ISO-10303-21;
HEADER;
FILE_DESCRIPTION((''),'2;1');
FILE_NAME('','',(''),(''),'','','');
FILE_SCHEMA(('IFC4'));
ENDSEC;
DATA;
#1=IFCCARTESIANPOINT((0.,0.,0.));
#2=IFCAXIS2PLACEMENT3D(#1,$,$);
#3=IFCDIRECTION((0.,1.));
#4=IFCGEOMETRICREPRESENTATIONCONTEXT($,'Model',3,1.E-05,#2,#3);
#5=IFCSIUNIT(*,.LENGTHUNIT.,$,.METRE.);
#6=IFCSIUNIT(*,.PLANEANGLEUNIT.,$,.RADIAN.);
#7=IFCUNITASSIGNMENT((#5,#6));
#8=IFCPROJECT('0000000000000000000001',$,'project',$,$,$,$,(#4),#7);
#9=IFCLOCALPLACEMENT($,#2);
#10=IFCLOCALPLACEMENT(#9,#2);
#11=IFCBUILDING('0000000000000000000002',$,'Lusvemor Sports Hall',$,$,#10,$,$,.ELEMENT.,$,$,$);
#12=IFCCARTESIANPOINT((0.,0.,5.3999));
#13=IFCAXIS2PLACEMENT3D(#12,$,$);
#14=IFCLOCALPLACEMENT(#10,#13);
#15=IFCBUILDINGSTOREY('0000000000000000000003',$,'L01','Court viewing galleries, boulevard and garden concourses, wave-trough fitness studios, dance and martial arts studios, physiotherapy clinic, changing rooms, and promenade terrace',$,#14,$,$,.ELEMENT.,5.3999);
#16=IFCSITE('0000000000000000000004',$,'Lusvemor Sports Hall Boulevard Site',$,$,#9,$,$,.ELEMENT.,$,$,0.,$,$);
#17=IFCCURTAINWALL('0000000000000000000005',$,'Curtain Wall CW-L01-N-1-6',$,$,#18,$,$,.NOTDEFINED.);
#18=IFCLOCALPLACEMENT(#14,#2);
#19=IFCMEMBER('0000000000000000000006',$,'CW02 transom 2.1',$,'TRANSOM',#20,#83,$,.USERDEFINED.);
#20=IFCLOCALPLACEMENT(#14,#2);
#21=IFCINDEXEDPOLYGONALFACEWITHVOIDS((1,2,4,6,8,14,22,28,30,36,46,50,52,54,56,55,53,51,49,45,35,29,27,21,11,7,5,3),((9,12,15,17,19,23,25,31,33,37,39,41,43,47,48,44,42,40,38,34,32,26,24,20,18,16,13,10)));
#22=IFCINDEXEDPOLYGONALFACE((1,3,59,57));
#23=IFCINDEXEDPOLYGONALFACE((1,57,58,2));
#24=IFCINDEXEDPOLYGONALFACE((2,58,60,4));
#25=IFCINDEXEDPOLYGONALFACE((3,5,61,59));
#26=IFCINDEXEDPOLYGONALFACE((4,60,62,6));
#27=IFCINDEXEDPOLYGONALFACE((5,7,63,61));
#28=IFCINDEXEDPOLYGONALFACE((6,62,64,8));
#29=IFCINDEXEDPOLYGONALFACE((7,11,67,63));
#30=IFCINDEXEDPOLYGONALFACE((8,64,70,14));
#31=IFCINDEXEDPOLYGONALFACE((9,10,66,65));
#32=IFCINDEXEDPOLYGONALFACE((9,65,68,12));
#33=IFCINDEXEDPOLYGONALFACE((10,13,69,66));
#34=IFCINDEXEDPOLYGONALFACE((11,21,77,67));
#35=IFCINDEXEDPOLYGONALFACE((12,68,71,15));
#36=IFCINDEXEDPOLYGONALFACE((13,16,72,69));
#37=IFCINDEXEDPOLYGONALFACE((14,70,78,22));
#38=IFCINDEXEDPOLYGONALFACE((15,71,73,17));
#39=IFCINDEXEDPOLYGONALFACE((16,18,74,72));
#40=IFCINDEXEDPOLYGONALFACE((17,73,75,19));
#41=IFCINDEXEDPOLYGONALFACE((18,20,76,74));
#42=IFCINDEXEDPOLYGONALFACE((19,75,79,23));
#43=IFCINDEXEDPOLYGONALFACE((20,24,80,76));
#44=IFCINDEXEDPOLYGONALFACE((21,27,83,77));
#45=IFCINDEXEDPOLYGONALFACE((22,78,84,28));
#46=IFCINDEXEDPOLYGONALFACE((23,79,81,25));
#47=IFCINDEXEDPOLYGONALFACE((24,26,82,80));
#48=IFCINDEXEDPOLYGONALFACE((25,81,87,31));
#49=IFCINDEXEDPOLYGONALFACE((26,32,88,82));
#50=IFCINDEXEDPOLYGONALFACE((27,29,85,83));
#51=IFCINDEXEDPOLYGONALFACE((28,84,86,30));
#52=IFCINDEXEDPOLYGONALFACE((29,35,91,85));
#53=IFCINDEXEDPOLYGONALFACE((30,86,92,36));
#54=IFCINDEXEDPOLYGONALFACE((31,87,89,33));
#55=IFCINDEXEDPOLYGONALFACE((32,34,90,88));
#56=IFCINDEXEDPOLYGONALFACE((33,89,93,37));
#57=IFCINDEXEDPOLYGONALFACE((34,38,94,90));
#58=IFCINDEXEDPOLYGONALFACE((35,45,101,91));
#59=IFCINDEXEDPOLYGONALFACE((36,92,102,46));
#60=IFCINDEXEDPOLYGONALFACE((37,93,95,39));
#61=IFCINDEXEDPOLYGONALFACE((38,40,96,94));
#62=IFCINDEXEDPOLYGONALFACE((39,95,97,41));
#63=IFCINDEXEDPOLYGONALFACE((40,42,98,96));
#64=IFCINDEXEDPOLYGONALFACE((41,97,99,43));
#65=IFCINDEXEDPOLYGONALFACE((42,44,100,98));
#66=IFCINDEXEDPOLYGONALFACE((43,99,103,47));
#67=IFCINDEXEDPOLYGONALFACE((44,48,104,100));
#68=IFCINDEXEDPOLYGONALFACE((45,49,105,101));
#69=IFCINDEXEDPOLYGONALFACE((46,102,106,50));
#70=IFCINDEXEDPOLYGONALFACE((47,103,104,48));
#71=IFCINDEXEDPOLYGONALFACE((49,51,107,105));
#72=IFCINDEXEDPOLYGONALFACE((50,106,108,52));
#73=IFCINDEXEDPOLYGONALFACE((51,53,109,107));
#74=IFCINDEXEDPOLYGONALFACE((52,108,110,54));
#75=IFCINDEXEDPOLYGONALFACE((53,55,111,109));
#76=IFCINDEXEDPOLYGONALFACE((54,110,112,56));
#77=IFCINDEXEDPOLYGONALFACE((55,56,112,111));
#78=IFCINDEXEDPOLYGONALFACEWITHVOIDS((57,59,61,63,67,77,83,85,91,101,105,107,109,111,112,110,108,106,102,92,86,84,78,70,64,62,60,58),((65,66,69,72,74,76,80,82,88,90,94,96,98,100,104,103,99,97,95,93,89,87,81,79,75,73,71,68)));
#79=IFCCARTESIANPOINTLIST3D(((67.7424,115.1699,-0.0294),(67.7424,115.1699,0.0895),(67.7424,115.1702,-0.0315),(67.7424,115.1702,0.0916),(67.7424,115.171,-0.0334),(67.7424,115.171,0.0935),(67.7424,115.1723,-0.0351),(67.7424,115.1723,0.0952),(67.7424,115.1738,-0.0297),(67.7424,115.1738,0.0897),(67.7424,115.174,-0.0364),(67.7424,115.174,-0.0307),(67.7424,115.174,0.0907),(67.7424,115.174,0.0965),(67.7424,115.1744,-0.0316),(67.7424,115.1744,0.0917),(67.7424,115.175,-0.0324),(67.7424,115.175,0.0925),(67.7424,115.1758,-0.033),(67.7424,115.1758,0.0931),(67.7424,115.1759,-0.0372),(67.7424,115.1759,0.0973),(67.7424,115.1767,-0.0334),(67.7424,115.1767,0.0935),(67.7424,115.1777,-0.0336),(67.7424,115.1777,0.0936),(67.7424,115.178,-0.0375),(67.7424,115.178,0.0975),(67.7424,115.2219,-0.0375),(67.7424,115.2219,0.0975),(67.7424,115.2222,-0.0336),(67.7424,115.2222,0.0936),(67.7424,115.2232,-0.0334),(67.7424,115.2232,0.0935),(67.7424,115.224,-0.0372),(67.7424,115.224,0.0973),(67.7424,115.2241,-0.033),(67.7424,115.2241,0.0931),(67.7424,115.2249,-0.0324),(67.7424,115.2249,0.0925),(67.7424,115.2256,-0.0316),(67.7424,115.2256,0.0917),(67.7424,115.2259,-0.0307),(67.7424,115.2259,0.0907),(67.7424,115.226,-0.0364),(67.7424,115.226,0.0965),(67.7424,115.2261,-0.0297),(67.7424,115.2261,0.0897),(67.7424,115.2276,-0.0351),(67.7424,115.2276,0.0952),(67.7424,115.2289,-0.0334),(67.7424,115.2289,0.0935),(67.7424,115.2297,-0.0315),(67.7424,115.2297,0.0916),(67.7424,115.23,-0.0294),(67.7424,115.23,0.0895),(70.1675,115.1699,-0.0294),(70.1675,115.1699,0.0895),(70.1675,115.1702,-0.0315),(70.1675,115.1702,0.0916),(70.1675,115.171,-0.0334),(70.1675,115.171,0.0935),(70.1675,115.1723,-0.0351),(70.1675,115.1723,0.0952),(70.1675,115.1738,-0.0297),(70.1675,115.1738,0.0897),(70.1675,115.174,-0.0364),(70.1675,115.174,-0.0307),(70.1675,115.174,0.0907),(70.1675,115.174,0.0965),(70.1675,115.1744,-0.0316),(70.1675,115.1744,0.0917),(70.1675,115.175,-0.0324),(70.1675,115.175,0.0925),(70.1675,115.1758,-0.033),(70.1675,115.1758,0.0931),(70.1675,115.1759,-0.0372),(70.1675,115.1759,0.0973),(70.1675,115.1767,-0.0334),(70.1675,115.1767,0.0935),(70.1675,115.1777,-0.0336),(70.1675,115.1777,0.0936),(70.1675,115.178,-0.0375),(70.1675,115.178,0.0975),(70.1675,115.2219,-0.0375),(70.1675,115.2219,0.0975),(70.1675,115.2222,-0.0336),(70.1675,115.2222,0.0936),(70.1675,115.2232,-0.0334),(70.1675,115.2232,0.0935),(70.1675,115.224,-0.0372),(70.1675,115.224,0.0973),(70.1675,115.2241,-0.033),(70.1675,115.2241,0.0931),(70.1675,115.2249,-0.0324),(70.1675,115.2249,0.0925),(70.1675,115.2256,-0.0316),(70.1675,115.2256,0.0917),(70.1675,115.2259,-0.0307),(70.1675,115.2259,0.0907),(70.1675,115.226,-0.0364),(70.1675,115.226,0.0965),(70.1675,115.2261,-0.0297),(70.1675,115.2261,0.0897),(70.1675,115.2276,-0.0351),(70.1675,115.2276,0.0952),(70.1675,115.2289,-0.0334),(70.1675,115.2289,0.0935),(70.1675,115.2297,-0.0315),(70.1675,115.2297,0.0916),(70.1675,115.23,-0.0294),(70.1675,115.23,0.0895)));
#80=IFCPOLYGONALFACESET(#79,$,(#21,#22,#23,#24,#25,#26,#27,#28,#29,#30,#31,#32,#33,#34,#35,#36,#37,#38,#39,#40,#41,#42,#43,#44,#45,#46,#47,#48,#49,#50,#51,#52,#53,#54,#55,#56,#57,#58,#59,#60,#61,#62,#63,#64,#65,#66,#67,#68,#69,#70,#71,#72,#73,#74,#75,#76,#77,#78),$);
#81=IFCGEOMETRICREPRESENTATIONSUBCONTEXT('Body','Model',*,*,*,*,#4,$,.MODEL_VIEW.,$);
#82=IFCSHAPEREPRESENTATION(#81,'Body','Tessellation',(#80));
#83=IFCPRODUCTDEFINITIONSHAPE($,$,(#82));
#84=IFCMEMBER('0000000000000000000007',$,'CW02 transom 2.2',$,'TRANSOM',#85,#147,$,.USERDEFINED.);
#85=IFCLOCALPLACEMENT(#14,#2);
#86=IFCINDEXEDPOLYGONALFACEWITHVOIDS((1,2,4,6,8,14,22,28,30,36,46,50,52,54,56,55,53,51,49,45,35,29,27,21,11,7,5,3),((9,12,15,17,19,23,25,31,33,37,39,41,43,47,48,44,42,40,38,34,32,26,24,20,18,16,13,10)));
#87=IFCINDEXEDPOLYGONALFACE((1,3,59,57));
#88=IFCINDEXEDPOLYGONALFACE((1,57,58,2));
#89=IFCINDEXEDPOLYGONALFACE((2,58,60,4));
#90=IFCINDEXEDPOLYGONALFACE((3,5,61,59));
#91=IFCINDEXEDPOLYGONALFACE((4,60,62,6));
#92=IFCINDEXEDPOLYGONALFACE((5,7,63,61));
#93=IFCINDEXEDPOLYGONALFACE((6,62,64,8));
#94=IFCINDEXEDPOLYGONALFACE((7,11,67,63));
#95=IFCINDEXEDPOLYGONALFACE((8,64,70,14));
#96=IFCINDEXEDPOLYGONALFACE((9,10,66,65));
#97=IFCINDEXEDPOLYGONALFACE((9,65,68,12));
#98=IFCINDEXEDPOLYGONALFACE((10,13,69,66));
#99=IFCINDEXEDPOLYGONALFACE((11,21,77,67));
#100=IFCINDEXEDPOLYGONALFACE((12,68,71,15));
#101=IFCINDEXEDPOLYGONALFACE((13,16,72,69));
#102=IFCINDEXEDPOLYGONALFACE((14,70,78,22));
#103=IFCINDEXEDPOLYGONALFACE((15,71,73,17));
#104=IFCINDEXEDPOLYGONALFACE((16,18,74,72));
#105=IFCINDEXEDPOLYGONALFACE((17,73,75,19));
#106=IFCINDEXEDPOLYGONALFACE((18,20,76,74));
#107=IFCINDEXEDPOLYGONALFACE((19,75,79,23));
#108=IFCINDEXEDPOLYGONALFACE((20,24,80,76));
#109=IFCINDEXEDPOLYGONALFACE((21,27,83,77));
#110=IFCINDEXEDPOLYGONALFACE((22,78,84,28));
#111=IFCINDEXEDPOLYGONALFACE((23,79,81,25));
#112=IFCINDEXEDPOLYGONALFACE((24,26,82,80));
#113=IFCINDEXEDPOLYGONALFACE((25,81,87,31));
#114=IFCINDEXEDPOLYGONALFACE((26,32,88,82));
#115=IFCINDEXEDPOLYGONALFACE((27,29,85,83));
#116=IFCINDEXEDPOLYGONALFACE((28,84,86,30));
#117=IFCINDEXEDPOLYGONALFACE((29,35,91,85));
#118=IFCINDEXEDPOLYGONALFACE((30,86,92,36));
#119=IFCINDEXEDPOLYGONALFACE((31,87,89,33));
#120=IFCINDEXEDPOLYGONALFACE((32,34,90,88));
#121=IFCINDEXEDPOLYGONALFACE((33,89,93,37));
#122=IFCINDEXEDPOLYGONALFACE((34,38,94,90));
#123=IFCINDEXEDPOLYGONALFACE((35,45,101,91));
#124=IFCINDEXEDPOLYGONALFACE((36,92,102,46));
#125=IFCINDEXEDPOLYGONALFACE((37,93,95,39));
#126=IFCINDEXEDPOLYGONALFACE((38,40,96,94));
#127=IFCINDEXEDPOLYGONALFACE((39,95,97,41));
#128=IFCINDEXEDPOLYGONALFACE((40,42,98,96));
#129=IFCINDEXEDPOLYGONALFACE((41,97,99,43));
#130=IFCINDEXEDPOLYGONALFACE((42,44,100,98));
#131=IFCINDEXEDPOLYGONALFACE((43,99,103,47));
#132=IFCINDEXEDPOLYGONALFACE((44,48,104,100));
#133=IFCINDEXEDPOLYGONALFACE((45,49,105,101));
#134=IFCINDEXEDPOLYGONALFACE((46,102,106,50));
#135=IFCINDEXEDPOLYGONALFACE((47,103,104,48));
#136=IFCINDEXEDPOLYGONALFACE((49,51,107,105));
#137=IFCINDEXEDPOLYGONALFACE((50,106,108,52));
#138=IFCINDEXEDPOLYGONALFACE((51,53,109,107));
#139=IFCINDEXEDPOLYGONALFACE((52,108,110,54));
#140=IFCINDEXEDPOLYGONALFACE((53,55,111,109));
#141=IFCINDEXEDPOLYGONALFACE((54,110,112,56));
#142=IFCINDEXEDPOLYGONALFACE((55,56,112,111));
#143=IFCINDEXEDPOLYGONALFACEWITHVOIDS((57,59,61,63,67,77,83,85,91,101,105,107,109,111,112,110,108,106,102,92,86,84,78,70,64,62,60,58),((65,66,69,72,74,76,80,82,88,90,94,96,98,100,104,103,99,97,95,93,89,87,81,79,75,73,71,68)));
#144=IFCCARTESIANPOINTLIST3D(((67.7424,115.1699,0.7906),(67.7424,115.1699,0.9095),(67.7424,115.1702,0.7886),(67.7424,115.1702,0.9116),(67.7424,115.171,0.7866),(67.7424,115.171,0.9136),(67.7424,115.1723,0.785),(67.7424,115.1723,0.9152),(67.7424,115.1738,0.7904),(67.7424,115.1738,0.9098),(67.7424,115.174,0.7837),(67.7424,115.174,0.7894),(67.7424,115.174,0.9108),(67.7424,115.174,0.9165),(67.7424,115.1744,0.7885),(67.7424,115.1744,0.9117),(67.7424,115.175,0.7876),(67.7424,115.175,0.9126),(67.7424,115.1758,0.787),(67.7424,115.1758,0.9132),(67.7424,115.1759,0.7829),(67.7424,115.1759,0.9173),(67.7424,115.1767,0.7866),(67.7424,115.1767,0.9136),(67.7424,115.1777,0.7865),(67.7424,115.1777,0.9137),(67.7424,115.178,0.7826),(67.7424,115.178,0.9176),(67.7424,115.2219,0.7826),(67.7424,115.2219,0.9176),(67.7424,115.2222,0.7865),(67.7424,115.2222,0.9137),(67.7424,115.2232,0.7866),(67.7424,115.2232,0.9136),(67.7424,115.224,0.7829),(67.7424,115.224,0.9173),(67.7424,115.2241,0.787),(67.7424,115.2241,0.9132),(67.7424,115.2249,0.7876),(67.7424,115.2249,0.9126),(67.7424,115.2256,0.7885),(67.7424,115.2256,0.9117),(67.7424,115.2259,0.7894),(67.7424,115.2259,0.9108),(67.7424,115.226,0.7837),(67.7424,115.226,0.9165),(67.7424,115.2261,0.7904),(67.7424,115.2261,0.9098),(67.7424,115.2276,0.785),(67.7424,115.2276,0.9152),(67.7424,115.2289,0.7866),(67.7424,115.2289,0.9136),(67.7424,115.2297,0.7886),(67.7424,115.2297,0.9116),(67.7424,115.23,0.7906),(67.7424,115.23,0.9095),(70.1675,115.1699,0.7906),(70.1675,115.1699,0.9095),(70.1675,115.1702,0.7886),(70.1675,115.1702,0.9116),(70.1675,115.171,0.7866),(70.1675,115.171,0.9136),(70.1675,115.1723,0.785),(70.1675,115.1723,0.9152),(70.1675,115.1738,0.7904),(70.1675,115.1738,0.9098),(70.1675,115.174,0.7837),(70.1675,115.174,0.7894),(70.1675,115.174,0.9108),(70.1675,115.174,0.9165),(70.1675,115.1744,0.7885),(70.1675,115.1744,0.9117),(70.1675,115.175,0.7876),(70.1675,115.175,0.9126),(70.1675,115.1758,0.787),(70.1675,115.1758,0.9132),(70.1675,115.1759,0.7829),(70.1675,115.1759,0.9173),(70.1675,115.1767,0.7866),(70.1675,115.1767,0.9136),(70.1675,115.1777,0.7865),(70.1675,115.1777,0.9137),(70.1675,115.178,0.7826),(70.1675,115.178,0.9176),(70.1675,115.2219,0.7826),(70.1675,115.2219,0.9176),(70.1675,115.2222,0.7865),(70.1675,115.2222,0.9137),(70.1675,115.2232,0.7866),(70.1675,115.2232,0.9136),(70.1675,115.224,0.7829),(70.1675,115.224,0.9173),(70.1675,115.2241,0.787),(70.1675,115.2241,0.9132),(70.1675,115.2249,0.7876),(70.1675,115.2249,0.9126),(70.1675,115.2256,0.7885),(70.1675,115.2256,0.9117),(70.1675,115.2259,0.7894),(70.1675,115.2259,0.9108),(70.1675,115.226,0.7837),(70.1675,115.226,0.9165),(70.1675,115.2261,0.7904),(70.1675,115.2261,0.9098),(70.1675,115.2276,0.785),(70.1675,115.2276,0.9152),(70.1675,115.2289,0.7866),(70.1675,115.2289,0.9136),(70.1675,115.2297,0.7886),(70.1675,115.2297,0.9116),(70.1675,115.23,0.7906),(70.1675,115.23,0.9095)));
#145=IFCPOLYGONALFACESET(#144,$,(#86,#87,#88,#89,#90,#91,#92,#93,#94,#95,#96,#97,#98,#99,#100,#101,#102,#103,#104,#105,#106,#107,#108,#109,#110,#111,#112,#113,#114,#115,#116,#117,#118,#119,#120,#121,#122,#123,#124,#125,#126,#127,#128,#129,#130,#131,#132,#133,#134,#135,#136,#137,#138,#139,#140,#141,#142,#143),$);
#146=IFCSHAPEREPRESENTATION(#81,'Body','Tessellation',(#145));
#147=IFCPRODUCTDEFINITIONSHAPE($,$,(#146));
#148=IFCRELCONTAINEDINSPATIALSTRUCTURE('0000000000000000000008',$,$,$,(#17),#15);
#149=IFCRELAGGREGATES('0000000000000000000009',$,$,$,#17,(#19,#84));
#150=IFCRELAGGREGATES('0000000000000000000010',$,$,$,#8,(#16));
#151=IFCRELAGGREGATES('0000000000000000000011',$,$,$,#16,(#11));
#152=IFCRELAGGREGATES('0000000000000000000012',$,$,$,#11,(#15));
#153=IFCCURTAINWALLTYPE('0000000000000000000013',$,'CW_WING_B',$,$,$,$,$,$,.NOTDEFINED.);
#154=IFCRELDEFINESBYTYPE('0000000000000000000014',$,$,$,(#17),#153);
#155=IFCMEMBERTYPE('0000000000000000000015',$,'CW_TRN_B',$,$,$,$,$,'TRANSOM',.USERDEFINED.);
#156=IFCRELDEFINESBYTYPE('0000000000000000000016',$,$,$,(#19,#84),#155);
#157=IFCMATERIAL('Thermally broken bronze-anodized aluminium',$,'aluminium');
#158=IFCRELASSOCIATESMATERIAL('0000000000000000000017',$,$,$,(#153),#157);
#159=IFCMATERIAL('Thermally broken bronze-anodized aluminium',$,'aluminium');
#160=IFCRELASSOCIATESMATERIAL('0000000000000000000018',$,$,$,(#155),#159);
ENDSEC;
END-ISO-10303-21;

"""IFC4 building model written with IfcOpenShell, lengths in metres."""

from ifc_helpers import new_model, si_unit, direction, frame, origin, origin_2d, place, context, subcontext, project, spatial, hollow_rectangle, extrude, material, material_profile, profile_set, type_object, element, aggregate, save


model = new_model("IFC4")

# Units and contexts
model_context = context("Model", 3, precision=1e-05, world=origin(), true_north=direction((0.0, 1.0)))
body_context = subcontext(model_context, "Body", "Model", "MODEL_VIEW")
ifc_project = project(units=[si_unit("LENGTHUNIT", "METRE"), si_unit("PLANEANGLEUNIT", "RADIAN")], contexts=[model_context])

# Site, building, storey
site_placement = place(None, origin())
site = spatial("IfcSite", under=ifc_project, at=site_placement, Name="Lusvemor Sports Hall Boulevard Site", CompositionType="ELEMENT", RefElevation=0.0)
building_placement = place(site_placement, origin())
building = spatial("IfcBuilding", under=site, at=building_placement, Name="Lusvemor Sports Hall", CompositionType="ELEMENT")
storey_placement = place(building_placement, frame((0.0, 0.0, 5.3999)))
storey = spatial("IfcBuildingStorey", under=building, at=storey_placement, Name="L01", Description="Court viewing galleries, boulevard and garden concourses, wave-trough fitness studios, dance and martial arts studios, physiotherapy clinic, changing rooms, and promenade terrace", CompositionType="ELEMENT", Elevation=5.3999)

# Curtain wall, members
ifc_material_1 = material(Name="Thermally broken bronze-anodized aluminium", Category="aluminium")
curtain_wall_type = type_object("IfcCurtainWallType", Name="CW_WING_B", PredefinedType="NOTDEFINED", material=ifc_material_1)
curtain_wall_placement = place(storey_placement, origin())
curtain_wall = element("IfcCurtainWall", 1, at=curtain_wall_placement, inside=storey, type_object=curtain_wall_type, Name="Curtain Wall CW-L01-N-1-6", PredefinedType="NOTDEFINED")
ifc_material_2 = material(Name="Thermally broken bronze-anodized aluminium", Category="aluminium")
ifc_material_profile_1 = material_profile(ifc_material_2, hollow_rectangle(XDim=0.0601, YDim=0.135, WallThickness=0.0039, InnerFilletRadius=0.0039, OuterFilletRadius=0.0081, at=origin_2d()), Name="CWTRN135x60x4")
ifc_profile_set_1 = profile_set([ifc_material_profile_1], Name="Thermally broken bronze-anodized aluminium")
member_type_1 = type_object("IfcMemberType", Name="CW_TRN_B", ElementType="TRANSOM", PredefinedType="USERDEFINED", material=ifc_profile_set_1)
member_1_placement = place(storey_placement, frame((67.7424, 115.2, 0.03), z_axis=(1.0, 0.0, 0.0), x_axis=(0.0, 1.0, 0.0)))
member_1 = element("IfcMember", 2, at=member_1_placement, type_object=member_type_1, Name="CW02 transom 2.1", ObjectType="TRANSOM", PredefinedType="USERDEFINED", context=body_context, shape_type="SweptSolid", body=[
    extrude(hollow_rectangle(XDim=0.0601, YDim=0.135, WallThickness=0.0039, InnerFilletRadius=0.0039, OuterFilletRadius=0.0081, at=origin_2d()), origin(), (0.0, 0.0, 1.0), 2.425),
])
member_2_placement = place(storey_placement, frame((67.7424, 115.2, 0.8501), z_axis=(1.0, 0.0, 0.0), x_axis=(0.0, 1.0, 0.0)))
member_2 = element("IfcMember", 3, at=member_2_placement, type_object=member_type_1, Name="CW02 transom 2.2", ObjectType="TRANSOM", PredefinedType="USERDEFINED", context=body_context, shape_type="SweptSolid", body=[
    extrude(hollow_rectangle(XDim=0.0601, YDim=0.135, WallThickness=0.0039, InnerFilletRadius=0.0039, OuterFilletRadius=0.0081, at=origin_2d()), origin(), (0.0, 0.0, 1.0), 2.425),
])

aggregate(curtain_wall, [member_1, member_2])

save(model, "model.ifc")
